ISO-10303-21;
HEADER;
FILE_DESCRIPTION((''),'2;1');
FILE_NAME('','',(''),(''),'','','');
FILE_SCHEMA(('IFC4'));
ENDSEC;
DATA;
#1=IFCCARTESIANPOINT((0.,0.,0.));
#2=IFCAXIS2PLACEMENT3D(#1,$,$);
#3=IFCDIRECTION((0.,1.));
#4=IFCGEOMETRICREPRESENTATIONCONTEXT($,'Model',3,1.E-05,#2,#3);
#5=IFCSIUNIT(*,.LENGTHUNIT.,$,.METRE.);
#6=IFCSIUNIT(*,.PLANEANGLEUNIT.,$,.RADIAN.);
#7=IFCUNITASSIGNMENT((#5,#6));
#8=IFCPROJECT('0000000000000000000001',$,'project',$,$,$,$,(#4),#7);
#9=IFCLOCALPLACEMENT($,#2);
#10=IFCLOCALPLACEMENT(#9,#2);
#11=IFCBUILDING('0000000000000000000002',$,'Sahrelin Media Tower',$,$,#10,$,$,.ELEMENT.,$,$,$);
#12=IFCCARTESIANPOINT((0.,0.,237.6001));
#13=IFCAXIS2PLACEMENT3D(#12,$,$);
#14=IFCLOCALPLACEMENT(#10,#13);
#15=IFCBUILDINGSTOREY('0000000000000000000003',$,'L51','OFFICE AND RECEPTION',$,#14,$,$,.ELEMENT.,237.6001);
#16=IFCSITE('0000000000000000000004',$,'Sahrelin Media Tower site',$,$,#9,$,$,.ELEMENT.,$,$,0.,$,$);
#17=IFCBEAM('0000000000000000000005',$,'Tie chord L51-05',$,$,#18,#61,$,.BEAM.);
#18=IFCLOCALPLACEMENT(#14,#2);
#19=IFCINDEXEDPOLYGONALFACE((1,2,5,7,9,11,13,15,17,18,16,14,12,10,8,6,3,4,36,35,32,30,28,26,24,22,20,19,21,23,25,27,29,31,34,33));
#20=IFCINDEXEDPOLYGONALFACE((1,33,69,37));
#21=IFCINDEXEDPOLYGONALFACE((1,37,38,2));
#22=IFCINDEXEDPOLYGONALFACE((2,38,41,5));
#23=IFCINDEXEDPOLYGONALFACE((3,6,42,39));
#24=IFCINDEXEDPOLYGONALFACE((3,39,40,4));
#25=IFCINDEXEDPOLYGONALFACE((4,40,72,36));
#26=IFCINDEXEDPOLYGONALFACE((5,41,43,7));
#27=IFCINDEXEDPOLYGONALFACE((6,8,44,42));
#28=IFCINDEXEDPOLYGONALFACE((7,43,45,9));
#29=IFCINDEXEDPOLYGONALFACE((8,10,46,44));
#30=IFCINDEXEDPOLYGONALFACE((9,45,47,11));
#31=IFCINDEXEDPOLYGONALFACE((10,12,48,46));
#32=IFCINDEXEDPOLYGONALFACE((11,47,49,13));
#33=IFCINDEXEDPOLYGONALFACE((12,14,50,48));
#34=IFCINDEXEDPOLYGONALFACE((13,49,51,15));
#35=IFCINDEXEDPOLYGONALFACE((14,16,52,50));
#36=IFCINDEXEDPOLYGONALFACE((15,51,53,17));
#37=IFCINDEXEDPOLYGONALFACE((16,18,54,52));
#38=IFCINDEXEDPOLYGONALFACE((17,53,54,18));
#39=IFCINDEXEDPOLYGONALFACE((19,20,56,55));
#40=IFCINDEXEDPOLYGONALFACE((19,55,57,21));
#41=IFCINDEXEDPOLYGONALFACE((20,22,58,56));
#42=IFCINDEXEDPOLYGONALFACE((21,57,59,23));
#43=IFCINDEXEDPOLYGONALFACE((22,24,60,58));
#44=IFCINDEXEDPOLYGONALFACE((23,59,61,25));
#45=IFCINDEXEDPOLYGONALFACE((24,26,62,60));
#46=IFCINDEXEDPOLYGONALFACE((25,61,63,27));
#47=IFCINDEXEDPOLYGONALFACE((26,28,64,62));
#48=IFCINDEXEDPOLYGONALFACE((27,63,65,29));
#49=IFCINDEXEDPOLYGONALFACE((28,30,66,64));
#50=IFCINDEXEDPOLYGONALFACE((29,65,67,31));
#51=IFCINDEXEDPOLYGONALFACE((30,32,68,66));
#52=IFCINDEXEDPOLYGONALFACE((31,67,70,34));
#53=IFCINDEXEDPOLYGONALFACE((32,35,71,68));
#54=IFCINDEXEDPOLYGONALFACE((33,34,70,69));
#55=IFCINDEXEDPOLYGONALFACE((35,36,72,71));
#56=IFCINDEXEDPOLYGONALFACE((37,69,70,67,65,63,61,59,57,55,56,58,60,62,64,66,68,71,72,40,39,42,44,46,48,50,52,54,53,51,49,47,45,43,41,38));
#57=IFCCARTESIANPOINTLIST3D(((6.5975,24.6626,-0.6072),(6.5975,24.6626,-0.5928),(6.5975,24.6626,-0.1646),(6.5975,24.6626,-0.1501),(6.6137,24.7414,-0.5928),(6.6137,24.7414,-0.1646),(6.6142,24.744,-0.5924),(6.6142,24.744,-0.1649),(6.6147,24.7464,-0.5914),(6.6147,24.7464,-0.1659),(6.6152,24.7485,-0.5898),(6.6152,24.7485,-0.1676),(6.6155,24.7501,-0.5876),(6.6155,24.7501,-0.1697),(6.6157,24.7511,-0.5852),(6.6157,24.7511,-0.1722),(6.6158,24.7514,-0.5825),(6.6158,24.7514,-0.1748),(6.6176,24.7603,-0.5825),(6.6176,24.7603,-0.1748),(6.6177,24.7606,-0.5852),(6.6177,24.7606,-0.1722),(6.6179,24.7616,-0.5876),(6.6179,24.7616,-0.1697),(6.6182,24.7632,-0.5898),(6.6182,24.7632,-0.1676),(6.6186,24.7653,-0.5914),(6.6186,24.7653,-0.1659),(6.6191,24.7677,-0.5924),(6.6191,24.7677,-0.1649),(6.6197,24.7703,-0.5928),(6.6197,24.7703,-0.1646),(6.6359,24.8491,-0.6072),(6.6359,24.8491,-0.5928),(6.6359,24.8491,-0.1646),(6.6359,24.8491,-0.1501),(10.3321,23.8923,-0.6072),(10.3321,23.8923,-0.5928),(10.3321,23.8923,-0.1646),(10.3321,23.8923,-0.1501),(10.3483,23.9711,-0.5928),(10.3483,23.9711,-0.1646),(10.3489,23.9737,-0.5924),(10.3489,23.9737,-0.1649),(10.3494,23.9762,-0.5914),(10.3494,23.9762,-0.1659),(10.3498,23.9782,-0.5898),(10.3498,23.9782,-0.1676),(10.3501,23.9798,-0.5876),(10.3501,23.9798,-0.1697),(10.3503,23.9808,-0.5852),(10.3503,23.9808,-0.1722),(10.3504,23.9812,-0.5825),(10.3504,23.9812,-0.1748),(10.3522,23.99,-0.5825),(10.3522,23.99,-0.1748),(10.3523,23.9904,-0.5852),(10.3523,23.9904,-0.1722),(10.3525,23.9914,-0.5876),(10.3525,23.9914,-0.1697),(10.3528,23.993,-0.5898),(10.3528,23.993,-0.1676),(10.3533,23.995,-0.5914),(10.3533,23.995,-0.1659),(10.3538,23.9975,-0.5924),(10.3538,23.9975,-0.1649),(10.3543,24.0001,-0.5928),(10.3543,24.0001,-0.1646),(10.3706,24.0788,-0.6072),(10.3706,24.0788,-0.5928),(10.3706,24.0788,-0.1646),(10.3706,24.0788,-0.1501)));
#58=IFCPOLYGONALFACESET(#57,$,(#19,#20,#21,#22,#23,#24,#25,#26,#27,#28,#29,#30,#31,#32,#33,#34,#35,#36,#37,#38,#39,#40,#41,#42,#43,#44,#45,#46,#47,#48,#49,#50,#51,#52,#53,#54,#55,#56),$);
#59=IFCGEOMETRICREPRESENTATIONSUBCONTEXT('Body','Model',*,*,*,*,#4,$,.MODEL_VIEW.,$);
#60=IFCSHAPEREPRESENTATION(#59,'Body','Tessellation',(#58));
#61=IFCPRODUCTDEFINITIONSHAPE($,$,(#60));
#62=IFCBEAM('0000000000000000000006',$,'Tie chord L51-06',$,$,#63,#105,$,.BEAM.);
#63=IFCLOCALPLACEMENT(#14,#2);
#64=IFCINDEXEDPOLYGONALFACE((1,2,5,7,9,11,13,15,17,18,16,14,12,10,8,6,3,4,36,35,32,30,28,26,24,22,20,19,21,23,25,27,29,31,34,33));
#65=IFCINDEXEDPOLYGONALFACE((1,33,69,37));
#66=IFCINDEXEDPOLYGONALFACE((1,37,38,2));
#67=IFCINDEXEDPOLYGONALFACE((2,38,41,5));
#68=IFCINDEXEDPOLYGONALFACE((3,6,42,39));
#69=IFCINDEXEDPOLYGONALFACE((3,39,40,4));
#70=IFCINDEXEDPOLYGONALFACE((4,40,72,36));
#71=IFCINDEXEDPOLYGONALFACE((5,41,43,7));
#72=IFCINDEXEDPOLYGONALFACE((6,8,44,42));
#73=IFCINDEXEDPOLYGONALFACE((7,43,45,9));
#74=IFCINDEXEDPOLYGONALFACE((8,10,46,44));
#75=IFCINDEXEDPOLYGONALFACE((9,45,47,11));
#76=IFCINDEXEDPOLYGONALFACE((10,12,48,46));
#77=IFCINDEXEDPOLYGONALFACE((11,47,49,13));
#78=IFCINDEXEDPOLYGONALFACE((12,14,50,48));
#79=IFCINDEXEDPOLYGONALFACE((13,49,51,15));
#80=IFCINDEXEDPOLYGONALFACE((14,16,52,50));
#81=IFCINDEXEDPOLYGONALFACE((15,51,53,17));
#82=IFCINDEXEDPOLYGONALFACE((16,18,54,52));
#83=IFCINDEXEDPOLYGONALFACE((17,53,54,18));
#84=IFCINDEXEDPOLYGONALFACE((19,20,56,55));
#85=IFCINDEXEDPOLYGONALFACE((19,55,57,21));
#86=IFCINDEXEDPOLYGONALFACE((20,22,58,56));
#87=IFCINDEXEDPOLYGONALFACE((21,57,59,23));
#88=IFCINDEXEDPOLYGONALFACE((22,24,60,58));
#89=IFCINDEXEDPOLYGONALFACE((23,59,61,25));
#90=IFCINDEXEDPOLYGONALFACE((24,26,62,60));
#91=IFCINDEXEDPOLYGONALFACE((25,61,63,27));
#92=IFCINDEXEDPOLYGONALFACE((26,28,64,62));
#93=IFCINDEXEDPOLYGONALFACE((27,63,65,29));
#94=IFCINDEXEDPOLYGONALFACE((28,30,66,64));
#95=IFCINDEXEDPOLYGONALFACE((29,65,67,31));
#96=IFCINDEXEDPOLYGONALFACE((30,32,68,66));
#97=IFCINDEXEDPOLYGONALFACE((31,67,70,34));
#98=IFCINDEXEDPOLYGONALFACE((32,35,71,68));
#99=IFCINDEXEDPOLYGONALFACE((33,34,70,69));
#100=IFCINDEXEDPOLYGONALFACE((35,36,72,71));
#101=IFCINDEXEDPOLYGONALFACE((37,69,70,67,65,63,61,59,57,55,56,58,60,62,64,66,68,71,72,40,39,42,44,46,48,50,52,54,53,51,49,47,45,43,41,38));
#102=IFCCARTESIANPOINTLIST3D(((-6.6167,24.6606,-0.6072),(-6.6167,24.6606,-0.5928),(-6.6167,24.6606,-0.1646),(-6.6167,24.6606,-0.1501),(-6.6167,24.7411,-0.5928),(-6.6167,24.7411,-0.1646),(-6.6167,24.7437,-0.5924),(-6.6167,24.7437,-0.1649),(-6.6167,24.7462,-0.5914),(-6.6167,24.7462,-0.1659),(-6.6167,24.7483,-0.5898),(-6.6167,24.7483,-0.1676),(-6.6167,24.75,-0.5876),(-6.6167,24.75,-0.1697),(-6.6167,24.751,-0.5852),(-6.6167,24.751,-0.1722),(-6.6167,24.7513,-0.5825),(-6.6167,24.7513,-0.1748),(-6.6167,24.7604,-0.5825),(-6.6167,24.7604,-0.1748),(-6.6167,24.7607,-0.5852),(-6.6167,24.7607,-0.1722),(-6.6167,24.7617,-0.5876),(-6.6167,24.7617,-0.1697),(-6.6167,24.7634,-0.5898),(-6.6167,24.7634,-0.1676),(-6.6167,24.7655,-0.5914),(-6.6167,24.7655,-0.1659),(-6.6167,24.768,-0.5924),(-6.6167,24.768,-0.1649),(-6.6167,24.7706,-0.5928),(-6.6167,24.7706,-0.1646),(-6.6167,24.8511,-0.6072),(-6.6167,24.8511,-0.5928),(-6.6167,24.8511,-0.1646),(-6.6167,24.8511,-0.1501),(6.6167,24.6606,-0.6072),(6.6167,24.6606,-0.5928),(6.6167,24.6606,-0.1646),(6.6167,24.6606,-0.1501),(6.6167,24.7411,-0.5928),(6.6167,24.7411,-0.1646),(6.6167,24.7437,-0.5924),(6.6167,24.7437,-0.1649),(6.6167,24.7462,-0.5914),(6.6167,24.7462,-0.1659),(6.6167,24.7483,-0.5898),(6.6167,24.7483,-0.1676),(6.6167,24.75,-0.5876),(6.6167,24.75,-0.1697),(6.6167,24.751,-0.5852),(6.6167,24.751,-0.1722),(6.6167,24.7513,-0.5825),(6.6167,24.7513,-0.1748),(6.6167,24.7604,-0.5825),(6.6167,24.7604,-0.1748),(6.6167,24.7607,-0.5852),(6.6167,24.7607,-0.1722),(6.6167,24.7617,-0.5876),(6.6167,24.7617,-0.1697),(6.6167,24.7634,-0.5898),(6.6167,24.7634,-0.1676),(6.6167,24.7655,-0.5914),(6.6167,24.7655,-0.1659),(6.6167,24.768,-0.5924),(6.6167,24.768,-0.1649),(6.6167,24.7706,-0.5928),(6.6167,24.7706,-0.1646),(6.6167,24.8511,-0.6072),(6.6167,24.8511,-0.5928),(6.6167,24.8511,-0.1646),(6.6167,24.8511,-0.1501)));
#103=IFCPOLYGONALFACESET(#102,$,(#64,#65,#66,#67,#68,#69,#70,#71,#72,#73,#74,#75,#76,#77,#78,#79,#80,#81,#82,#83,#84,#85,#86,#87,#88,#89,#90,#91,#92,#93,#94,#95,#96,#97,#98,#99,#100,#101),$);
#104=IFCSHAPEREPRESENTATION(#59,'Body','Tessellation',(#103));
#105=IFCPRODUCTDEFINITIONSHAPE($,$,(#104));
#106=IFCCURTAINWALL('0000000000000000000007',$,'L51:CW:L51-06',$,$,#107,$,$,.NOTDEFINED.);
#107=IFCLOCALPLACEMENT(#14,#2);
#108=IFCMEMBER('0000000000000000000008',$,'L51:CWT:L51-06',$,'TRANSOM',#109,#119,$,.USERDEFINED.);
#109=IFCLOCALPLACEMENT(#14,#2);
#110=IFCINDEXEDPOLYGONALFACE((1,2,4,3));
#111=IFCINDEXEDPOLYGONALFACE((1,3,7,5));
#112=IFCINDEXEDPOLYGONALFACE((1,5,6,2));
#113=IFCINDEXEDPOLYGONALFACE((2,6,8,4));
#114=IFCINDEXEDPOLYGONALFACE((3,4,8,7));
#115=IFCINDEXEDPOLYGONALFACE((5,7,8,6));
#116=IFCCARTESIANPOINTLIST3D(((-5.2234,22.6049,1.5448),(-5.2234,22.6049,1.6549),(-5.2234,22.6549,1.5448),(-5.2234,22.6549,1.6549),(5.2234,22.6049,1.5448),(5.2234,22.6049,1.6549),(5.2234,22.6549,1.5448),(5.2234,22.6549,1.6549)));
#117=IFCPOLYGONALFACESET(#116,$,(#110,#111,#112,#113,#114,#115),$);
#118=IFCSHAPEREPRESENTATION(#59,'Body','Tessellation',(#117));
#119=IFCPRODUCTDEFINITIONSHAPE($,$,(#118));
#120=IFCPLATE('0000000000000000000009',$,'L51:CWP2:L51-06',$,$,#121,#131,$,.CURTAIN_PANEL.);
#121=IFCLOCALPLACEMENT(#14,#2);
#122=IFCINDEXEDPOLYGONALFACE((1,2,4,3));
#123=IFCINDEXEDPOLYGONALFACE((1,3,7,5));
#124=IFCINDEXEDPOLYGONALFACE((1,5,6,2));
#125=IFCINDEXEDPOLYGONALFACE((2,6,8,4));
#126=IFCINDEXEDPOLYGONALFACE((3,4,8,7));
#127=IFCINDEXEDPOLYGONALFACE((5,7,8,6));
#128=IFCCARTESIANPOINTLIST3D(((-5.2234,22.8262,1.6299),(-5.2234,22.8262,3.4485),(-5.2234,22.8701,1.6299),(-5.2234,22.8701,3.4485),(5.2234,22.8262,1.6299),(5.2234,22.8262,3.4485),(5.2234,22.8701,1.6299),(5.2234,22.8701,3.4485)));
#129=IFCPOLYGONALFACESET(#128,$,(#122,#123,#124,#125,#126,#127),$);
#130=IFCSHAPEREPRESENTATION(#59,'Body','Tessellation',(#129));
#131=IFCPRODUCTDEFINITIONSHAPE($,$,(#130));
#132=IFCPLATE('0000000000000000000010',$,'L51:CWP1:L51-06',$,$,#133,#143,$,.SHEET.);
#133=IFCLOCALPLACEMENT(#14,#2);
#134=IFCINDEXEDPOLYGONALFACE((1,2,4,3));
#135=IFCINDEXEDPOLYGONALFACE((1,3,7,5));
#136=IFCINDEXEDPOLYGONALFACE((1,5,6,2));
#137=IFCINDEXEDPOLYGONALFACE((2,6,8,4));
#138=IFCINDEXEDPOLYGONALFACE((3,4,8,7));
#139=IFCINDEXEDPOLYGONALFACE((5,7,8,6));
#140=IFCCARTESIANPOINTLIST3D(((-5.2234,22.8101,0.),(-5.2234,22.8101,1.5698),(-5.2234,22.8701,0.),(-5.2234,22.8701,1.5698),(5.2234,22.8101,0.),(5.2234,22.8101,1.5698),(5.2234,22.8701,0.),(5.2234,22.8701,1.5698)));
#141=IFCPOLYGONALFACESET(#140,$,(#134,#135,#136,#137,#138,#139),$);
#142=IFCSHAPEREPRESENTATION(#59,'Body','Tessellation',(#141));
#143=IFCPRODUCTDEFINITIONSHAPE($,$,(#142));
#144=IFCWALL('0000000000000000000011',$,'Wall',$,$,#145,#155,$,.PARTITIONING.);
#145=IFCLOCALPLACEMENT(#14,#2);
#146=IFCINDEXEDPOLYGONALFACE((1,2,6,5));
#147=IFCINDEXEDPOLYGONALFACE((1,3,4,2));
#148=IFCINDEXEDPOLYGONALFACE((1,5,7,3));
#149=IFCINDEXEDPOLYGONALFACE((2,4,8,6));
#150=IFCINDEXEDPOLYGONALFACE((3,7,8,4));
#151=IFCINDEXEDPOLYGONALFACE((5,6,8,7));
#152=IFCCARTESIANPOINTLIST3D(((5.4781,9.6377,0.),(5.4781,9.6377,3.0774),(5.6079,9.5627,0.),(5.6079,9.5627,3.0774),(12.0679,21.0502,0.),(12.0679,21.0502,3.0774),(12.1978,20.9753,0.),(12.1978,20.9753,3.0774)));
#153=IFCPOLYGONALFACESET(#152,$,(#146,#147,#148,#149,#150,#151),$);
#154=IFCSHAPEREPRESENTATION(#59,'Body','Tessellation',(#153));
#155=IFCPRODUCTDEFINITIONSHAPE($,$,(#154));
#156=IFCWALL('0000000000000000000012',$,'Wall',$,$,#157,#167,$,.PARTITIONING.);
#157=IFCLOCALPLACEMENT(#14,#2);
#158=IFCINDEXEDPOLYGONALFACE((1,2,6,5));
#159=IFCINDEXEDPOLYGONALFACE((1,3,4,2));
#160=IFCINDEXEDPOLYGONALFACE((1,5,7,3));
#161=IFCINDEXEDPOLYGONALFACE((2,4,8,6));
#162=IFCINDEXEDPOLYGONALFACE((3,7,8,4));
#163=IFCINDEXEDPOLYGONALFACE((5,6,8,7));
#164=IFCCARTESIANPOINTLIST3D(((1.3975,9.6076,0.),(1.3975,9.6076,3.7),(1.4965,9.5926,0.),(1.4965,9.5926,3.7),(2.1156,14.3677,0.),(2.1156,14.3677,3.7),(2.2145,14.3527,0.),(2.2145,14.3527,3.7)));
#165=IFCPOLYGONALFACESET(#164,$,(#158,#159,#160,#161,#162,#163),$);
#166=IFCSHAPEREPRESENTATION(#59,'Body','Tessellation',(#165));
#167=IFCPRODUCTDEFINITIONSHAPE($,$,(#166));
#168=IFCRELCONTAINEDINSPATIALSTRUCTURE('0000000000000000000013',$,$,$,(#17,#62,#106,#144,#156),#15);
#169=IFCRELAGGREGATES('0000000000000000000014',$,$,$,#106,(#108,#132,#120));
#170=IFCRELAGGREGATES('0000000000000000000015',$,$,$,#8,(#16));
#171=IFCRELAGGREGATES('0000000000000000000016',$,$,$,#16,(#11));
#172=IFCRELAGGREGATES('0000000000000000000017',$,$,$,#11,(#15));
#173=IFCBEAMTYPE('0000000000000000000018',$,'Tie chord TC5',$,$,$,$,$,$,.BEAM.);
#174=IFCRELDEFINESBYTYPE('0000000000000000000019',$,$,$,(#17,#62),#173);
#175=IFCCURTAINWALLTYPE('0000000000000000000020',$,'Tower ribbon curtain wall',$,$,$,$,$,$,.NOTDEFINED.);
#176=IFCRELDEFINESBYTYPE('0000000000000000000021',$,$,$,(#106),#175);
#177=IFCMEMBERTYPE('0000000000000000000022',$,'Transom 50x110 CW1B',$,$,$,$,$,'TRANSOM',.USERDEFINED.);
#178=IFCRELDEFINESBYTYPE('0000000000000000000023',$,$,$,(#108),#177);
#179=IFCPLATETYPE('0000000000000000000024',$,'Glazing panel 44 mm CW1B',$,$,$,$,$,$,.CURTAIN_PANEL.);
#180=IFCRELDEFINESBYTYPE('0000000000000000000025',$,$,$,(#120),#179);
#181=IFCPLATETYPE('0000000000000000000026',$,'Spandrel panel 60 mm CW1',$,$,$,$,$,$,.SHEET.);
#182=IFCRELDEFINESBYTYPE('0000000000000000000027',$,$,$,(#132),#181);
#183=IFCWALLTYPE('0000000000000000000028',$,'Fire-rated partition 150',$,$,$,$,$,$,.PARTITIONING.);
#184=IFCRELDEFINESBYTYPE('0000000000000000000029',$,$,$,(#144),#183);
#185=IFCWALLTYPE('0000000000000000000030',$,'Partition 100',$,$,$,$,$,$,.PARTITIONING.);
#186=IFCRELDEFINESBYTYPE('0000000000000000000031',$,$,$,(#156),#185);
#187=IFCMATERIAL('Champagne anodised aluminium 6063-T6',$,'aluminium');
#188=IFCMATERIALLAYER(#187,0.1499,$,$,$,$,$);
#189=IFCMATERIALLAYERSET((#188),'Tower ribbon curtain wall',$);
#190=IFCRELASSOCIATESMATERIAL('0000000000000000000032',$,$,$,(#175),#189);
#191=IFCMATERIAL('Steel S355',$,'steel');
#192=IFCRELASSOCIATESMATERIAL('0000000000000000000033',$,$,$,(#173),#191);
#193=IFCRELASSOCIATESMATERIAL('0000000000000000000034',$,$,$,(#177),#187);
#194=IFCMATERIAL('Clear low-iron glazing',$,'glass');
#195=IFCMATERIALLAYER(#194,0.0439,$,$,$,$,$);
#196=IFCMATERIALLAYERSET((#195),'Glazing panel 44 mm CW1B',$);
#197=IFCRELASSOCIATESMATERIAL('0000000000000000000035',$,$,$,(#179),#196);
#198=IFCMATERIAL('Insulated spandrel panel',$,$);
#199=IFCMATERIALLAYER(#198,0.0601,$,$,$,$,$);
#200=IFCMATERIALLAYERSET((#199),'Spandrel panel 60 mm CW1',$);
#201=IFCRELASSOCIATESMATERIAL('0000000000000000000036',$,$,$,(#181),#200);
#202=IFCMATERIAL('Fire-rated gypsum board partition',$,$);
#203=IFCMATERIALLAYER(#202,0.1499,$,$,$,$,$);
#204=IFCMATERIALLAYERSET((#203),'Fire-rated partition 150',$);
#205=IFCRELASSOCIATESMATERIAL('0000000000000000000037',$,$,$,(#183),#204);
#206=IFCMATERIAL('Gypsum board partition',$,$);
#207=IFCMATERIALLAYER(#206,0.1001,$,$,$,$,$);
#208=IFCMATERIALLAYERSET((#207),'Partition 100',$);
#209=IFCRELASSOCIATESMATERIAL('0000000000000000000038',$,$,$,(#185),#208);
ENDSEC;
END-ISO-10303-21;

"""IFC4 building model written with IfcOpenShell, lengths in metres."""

from ifc_helpers import new_model, si_unit, direction, frame, frame_2d, origin, origin_2d, place, context, subcontext, project, spatial, polyline, rectangle, i_section, outline, extrude, material, layer, layer_set, material_profile, profile_set, type_object, element, aggregate, save


model = new_model("IFC4")

# Units and contexts
model_context = context("Model", 3, precision=1e-05, world=origin(), true_north=direction((0.0, 1.0)))
body_context = subcontext(model_context, "Body", "Model", "MODEL_VIEW")
ifc_project = project(units=[si_unit("LENGTHUNIT", "METRE"), si_unit("PLANEANGLEUNIT", "RADIAN")], contexts=[model_context])

# Site, building, storey
site_placement = place(None, origin())
site = spatial("IfcSite", under=ifc_project, at=site_placement, Name="Sahrelin Media Tower site", CompositionType="ELEMENT", RefElevation=0.0)
building_placement = place(site_placement, origin())
building = spatial("IfcBuilding", under=site, at=building_placement, Name="Sahrelin Media Tower", CompositionType="ELEMENT")
storey_placement = place(building_placement, frame((0.0, 0.0, 237.6001)))
storey = spatial("IfcBuildingStorey", under=building, at=storey_placement, Name="L51", Description="OFFICE AND RECEPTION", CompositionType="ELEMENT", Elevation=237.6001)

# Shared definitions
ifc_material_1 = material(Name="Steel S355", Category="steel")

# Shared definitions
ifc_material_2 = material(Name="Champagne anodised aluminium 6063-T6", Category="aluminium")
ifc_layer_1 = layer(ifc_material_2, 0.1499)
ifc_layer_set_1 = layer_set([ifc_layer_1], Name="Tower ribbon curtain wall")
curtain_wall_type = type_object("IfcCurtainWallType", Name="Tower ribbon curtain wall", PredefinedType="NOTDEFINED", material=ifc_layer_set_1)

# Beams
ifc_material_profile_1 = material_profile(ifc_material_1, i_section(OverallWidth=0.1904, OverallDepth=0.457, WebThickness=0.009, FlangeThickness=0.0144, FilletRadius=0.0103, at=origin_2d()), Name="UB 457x191x74")
ifc_profile_set_1 = profile_set([ifc_material_profile_1], Name="Steel S355")
beam_type_1 = type_object("IfcBeamType", Name="Tie chord TC5", PredefinedType="BEAM", material=ifc_profile_set_1)
beam_1_placement = place(storey_placement, frame((10.3513, 23.9856, -0.3787), z_axis=(-0.979386, 0.201998, 0.0), x_axis=(-0.201998, -0.979386, 0.0)))
element("IfcBeam", 1, at=beam_1_placement, inside=storey, type_object=beam_type_1, Name="Tie chord L51-05", PredefinedType="BEAM", context=body_context, shape_type="SweptSolid", body=[
    extrude(i_section(OverallWidth=0.1904, OverallDepth=0.457, WebThickness=0.009, FlangeThickness=0.0144, FilletRadius=0.0103, at=origin_2d()), origin(), (0.0, 0.0, 1.0), 3.8132),
])
beam_2_placement = place(storey_placement, frame((6.6167, 24.7559, -0.3787), z_axis=(-1.0, 0.0, 0.0), x_axis=(0.0, -1.0, 0.0)))
element("IfcBeam", 2, at=beam_2_placement, inside=storey, type_object=beam_type_1, Name="Tie chord L51-06", PredefinedType="BEAM", context=body_context, shape_type="SweptSolid", body=[
    extrude(i_section(OverallWidth=0.1904, OverallDepth=0.457, WebThickness=0.009, FlangeThickness=0.0144, FilletRadius=0.0103, at=origin_2d()), origin(), (0.0, 0.0, 1.0), 13.2334),
])

# Curtain wall, member, plates
placement_1 = place(storey_placement, frame((0.0, 22.8501, 0.0), z_axis=(0.0, 0.0, 1.0), x_axis=(1.0, 0.0, 0.0)))
curtain_wall_1 = element("IfcCurtainWall", 3, at=placement_1, inside=storey, type_object=curtain_wall_type, Name="L51:CW:L51-06", PredefinedType="NOTDEFINED")
ifc_material_profile_2 = material_profile(ifc_material_2, rectangle(XDim=0.05, YDim=0.1101, at=origin_2d()), Name="Transom 50x110")
ifc_profile_set_2 = profile_set([ifc_material_profile_2], Name="Champagne anodised aluminium 6063-T6")
member_type_1 = type_object("IfcMemberType", Name="Transom 50x110 CW1B", ElementType="TRANSOM", PredefinedType="USERDEFINED", material=ifc_profile_set_2)
member_1_placement = place(storey_placement, frame((5.2234, 22.6299, 1.5999), z_axis=(-1.0, 0.0, 0.0), x_axis=(0.0, -1.0, 0.0)))
member_1 = element("IfcMember", 4, at=member_1_placement, type_object=member_type_1, Name="L51:CWT:L51-06", ObjectType="TRANSOM", PredefinedType="USERDEFINED", context=body_context, shape_type="SweptSolid", body=[
    extrude(rectangle(XDim=0.05, YDim=0.1101, at=origin_2d()), origin(), (0.0, 0.0, 1.0), 10.4468),
])
ifc_material_3 = material(Name="Clear low-iron glazing", Category="glass")
ifc_layer_2 = layer(ifc_material_3, 0.0439)
ifc_layer_set_2 = layer_set([ifc_layer_2], Name="Glazing panel 44 mm CW1B")
plate_type_1 = type_object("IfcPlateType", Name="Glazing panel 44 mm CW1B", PredefinedType="CURTAIN_PANEL", material=ifc_layer_set_2)
plate_1_placement = place(storey_placement, frame((5.2234, 22.8701, 1.6299), z_axis=(0.0, 1.0, 0.0), x_axis=(-1.0, 0.0, 0.0)))
plate_1 = element("IfcPlate", 5, at=plate_1_placement, type_object=plate_type_1, Name="L51:CWP2:L51-06", PredefinedType="CURTAIN_PANEL", context=body_context, shape_type="SweptSolid", body=[
    extrude(outline(polyline([(0.0, 0.0), (10.4468, 0.0), (10.4468, 1.8186), (0.0, 1.8186), (0.0, 0.0)])), origin(), (0.0, 0.0, -1.0), 0.0439),
])
ifc_material_4 = material(Name="Insulated spandrel panel")
ifc_layer_3 = layer(ifc_material_4, 0.0601)
ifc_layer_set_3 = layer_set([ifc_layer_3], Name="Spandrel panel 60 mm CW1")
plate_type_2 = type_object("IfcPlateType", Name="Spandrel panel 60 mm CW1", PredefinedType="SHEET", material=ifc_layer_set_3)
plate_2_placement = place(storey_placement, frame((5.2234, 22.8701, 0.0), z_axis=(0.0, 1.0, 0.0), x_axis=(-1.0, 0.0, 0.0)))
plate_2 = element("IfcPlate", 6, at=plate_2_placement, type_object=plate_type_2, Name="L51:CWP1:L51-06", PredefinedType="SHEET", context=body_context, shape_type="SweptSolid", body=[
    extrude(outline(polyline([(0.0, 0.0), (10.4468, 0.0), (10.4468, 1.5698), (0.0, 1.5698), (0.0, 0.0)])), origin(), (0.0, 0.0, -1.0), 0.0601),
])
aggregate(curtain_wall_1, [member_1, plate_2, plate_1])

# Walls
ifc_material_5 = material(Name="Fire-rated gypsum board partition")
ifc_layer_4 = layer(ifc_material_5, 0.1499)
ifc_layer_set_4 = layer_set([ifc_layer_4], Name="Fire-rated partition 150")
wall_type_1 = type_object("IfcWallType", Name="Fire-rated partition 150", PredefinedType="PARTITIONING", material=ifc_layer_set_4)
wall_1_placement = place(storey_placement, frame((5.543, 9.6001, 0.0), z_axis=(0.0, 0.0, 1.0), x_axis=(0.500044, 0.866, 0.0)))
element("IfcWall", 7, at=wall_1_placement, inside=storey, type_object=wall_type_1, Name="Wall", PredefinedType="PARTITIONING", context=body_context, shape_type="SweptSolid", body=[
    extrude(rectangle(XDim=13.1785, YDim=0.1499, at=frame_2d((6.5894, 0.0))), origin(), (0.0, 0.0, 1.0), 3.0774),
])
ifc_material_6 = material(Name="Gypsum board partition")
ifc_layer_5 = layer(ifc_material_6, 0.1001)
ifc_layer_set_5 = layer_set([ifc_layer_5], Name="Partition 100")
wall_type_2 = type_object("IfcWallType", Name="Partition 100", PredefinedType="PARTITIONING", material=ifc_layer_set_5)
wall_2_placement = place(storey_placement, frame((1.447, 9.6001, 0.0), z_axis=(0.0, 0.0, 1.0), x_axis=(0.149156, 0.988814, 0.0)))
element("IfcWall", 8, at=wall_2_placement, inside=storey, type_object=wall_type_2, Name="Wall", PredefinedType="PARTITIONING", context=body_context, shape_type="SweptSolid", body=[
    extrude(rectangle(XDim=4.814, YDim=0.1001, at=frame_2d((2.407, 0.0))), origin(), (0.0, 0.0, 1.0), 3.7),
])

save(model, "model.ifc")
